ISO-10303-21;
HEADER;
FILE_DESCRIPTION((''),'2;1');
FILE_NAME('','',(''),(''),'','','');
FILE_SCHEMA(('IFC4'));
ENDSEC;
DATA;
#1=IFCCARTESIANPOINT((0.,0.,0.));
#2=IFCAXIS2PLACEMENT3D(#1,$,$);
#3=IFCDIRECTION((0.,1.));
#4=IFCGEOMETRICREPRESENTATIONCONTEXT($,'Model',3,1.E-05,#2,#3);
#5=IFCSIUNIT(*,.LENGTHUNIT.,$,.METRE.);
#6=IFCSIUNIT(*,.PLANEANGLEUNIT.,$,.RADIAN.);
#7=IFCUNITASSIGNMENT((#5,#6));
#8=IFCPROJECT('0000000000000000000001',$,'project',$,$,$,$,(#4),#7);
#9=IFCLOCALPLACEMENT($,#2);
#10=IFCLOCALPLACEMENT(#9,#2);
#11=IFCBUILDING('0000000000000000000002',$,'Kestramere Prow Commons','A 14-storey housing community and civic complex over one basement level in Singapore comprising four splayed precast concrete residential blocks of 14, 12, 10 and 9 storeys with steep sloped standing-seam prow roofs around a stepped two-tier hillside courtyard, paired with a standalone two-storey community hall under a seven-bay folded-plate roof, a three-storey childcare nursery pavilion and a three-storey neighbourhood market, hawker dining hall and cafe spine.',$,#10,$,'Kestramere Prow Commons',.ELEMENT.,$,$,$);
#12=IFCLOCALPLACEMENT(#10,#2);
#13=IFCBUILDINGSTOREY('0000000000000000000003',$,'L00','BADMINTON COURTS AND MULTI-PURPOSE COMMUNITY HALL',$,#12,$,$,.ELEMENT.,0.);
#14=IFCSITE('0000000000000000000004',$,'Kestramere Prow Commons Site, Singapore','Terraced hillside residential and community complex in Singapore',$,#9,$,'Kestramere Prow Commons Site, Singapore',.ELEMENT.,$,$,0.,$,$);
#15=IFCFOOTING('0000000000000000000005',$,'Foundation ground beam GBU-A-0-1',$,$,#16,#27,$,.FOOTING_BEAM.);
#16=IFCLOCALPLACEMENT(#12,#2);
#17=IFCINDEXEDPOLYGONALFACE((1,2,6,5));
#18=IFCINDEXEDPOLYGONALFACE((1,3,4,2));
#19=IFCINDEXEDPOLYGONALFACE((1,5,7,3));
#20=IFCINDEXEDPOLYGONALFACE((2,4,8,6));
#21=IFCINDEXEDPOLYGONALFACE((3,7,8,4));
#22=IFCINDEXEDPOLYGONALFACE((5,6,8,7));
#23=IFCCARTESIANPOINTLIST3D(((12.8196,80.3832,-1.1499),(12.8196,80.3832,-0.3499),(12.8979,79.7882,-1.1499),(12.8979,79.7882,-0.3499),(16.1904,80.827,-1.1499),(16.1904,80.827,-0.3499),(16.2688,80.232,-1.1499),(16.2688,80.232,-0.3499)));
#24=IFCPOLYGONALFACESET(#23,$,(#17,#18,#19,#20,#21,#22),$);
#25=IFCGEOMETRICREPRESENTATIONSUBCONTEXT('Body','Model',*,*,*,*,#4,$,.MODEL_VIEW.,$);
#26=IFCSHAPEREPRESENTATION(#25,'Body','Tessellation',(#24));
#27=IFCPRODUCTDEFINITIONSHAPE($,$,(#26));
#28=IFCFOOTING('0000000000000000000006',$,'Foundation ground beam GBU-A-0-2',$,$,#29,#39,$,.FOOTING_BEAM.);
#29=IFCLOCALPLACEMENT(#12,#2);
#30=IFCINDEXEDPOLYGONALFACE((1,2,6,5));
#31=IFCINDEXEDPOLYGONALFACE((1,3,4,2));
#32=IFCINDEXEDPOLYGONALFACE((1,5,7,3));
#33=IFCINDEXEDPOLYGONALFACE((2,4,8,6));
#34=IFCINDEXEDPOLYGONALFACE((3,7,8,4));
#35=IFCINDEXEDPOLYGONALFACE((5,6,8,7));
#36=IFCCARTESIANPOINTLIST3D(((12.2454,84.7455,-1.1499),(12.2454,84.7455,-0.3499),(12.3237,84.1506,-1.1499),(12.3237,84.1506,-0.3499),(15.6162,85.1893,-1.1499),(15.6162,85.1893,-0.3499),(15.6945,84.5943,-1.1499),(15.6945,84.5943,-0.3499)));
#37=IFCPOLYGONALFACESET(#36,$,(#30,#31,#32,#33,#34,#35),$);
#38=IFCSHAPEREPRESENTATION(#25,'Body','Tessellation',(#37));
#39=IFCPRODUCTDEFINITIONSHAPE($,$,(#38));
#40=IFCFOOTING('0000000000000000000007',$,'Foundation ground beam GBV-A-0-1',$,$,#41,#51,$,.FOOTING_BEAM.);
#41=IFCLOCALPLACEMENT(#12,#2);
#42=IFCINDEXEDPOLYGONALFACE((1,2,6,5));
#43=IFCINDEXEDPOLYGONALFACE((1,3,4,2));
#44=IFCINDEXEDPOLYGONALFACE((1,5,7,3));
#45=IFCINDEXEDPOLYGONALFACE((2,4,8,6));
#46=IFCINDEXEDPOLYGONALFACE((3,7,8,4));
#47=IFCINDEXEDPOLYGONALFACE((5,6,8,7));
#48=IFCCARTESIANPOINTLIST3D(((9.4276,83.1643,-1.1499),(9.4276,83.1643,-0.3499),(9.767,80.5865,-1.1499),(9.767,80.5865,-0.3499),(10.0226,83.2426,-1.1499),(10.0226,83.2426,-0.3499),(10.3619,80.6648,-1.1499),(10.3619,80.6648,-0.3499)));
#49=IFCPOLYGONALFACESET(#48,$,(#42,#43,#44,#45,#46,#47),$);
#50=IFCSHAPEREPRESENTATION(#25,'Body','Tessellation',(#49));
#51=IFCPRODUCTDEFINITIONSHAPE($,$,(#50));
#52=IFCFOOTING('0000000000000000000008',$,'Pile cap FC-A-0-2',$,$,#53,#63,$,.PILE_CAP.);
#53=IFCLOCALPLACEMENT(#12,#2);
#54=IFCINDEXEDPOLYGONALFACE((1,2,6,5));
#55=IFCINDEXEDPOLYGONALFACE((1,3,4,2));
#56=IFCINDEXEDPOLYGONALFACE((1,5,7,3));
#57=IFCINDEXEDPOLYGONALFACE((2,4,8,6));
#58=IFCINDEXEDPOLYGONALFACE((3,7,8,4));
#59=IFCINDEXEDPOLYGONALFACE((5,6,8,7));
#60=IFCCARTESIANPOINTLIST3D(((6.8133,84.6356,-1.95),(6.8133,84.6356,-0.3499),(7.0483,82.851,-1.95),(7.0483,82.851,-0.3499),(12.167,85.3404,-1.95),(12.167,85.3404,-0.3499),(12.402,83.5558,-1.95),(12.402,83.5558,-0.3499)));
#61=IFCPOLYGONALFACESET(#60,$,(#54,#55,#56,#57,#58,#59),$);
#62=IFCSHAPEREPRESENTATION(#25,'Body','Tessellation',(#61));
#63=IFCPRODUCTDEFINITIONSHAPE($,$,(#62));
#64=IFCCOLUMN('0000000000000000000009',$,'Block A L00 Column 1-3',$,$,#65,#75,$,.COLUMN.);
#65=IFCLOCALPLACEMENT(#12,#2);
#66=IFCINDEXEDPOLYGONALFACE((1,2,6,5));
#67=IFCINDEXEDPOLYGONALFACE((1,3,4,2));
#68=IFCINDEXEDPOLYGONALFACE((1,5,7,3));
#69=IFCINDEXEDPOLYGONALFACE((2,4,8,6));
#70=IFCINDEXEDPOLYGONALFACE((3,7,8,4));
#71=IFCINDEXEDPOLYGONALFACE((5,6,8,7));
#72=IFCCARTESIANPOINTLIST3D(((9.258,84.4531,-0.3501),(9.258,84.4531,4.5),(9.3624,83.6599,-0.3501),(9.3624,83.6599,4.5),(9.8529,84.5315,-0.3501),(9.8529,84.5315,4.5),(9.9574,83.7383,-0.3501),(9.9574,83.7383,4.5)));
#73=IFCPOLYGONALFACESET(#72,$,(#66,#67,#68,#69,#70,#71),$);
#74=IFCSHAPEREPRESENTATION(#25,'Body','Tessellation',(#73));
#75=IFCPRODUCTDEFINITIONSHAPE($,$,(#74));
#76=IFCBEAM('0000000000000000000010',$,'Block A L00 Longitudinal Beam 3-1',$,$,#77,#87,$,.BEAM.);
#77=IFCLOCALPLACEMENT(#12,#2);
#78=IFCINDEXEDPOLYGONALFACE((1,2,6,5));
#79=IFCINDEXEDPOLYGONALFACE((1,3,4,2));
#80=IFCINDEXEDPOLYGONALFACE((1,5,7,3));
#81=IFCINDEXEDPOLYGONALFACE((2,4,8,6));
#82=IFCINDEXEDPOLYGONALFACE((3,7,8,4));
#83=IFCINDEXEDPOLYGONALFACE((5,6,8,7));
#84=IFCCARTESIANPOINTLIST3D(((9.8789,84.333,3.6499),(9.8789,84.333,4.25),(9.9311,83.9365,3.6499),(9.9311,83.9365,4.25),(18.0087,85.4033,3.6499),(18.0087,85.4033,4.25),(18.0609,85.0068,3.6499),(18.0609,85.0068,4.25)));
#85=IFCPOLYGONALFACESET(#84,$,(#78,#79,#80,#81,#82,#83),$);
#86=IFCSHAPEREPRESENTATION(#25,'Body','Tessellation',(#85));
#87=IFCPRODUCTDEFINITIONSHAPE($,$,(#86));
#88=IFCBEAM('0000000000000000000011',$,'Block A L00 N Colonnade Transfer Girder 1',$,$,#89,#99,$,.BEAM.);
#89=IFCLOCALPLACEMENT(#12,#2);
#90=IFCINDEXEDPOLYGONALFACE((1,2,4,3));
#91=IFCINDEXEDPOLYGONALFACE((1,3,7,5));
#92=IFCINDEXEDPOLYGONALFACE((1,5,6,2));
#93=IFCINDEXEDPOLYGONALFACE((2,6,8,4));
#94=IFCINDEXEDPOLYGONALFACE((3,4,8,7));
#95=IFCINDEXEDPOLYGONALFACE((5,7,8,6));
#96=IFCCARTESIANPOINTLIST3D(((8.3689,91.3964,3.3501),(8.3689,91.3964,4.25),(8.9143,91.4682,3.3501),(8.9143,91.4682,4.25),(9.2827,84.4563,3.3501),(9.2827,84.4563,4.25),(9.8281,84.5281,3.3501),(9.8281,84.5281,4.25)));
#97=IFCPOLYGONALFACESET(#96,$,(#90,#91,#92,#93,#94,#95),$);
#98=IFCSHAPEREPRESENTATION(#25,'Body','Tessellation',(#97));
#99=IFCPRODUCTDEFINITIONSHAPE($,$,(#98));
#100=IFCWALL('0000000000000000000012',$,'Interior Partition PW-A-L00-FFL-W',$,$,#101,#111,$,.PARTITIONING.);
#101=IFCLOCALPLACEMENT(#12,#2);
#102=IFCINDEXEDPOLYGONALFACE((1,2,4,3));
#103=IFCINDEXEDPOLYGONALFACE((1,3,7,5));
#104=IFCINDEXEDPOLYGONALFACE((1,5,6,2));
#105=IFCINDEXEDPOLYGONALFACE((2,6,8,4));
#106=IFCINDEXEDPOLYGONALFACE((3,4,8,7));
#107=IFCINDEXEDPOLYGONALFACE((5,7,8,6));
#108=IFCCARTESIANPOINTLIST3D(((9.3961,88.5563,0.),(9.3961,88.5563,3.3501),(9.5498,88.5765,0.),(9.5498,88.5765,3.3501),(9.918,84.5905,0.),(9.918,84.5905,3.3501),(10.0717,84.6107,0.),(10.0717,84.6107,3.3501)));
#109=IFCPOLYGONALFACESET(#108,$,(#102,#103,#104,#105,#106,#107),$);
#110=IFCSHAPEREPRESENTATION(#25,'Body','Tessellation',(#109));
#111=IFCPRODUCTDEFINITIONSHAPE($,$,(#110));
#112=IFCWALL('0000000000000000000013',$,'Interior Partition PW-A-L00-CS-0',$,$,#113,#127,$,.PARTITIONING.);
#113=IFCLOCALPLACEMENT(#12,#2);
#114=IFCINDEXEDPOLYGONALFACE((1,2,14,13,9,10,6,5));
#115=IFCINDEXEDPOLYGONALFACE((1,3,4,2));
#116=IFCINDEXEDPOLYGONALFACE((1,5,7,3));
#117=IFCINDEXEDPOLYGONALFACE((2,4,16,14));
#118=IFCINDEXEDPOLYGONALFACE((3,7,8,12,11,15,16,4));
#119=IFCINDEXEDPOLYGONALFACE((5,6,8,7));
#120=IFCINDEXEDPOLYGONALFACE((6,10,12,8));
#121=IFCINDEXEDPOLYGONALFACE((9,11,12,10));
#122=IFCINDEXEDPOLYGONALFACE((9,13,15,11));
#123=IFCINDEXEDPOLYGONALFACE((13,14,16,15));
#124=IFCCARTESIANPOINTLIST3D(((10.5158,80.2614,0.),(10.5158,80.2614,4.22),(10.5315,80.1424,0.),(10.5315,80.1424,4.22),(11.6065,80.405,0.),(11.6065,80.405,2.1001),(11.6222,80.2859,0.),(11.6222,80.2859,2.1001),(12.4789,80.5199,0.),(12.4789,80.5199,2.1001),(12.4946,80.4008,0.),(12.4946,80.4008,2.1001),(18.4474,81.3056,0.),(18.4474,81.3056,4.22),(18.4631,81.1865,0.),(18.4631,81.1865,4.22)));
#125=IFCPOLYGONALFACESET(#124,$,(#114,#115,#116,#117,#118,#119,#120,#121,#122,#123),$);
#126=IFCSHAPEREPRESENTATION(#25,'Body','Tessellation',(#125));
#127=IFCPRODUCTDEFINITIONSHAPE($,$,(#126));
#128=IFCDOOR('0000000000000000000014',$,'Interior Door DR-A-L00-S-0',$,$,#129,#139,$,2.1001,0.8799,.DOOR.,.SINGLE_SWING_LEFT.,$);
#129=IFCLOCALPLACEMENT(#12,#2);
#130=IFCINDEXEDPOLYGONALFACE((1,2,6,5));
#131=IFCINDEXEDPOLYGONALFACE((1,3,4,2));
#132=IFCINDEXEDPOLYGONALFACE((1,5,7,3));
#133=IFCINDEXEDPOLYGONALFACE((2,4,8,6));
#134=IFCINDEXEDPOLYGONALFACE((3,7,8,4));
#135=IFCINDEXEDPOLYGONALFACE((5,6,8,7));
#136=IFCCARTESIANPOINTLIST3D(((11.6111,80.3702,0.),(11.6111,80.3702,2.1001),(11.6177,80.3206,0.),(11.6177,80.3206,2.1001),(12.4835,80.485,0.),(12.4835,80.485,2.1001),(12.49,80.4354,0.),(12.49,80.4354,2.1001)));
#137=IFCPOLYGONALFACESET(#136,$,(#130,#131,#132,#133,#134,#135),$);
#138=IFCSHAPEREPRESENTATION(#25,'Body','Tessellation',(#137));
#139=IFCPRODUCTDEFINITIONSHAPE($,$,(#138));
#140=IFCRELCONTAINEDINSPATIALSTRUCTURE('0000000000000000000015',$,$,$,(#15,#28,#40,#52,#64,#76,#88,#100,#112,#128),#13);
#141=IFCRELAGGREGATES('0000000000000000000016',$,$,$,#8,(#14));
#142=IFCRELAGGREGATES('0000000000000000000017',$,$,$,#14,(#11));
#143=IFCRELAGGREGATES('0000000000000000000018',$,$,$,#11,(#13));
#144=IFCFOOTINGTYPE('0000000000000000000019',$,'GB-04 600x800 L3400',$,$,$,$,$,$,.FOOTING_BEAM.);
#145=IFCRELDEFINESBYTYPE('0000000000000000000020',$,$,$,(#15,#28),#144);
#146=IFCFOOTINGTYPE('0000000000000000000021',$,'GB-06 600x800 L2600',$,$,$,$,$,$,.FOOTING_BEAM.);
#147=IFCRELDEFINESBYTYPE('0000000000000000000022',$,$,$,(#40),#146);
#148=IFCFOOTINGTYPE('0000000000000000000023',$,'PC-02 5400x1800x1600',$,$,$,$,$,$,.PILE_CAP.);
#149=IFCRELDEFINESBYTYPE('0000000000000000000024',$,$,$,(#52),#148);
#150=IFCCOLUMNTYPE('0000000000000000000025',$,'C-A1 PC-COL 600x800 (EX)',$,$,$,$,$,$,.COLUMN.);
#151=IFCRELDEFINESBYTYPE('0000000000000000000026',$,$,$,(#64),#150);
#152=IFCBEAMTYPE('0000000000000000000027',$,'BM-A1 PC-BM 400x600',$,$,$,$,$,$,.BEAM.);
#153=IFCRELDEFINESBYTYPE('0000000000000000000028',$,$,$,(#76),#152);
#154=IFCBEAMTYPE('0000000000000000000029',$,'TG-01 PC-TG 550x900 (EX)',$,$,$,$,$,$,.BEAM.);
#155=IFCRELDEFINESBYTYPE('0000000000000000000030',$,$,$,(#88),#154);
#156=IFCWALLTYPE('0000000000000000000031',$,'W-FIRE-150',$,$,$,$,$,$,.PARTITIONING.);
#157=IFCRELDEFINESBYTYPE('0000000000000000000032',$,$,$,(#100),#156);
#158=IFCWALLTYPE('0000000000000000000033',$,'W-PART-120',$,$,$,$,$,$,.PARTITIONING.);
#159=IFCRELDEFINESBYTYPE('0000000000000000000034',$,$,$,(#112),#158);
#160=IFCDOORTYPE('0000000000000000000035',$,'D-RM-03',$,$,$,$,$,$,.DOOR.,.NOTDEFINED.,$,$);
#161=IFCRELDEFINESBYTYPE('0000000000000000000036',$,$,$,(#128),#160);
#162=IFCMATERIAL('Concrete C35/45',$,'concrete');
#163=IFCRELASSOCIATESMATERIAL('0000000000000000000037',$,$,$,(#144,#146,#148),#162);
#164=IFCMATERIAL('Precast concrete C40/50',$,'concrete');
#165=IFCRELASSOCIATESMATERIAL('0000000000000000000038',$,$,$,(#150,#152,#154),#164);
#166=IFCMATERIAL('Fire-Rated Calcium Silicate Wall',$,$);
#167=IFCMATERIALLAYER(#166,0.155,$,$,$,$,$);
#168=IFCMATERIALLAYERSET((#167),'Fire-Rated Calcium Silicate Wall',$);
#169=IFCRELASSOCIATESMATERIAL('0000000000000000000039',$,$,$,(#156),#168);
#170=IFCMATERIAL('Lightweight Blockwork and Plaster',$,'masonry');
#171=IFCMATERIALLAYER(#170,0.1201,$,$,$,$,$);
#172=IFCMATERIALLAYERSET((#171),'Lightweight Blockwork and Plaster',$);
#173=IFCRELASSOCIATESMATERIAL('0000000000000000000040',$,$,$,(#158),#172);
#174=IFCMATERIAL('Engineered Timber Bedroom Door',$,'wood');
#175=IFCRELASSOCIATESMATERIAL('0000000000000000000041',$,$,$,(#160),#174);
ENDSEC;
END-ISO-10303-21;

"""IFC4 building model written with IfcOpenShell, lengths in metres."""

from ifc_helpers import new_model, si_unit, direction, frame, frame_2d, origin, origin_2d, place, context, subcontext, project, spatial, rectangle, extrude, material, layer, layer_set, material_profile, profile_set, type_object, element, fill, save


model = new_model("IFC4")

# Units and contexts
model_context = context("Model", 3, precision=1e-05, world=origin(), true_north=direction((0.0, 1.0)))
body_context = subcontext(model_context, "Body", "Model", "MODEL_VIEW")
ifc_project = project(units=[si_unit("LENGTHUNIT", "METRE"), si_unit("PLANEANGLEUNIT", "RADIAN")], contexts=[model_context])

# Site, building, storey
site_placement = place(None, origin())
site = spatial("IfcSite", under=ifc_project, at=site_placement, Name="Kestramere Prow Commons Site, Singapore", Description="Terraced hillside residential and community complex in Singapore", LongName="Kestramere Prow Commons Site, Singapore", CompositionType="ELEMENT", RefElevation=0.0)
building_placement = place(site_placement, origin())
building = spatial("IfcBuilding", under=site, at=building_placement, Name="Kestramere Prow Commons", Description="A 14-storey housing community and civic complex over one basement level in Singapore comprising four splayed precast concrete residential blocks of 14, 12, 10 and 9 storeys with steep sloped standing-seam prow roofs around a stepped two-tier hillside courtyard, paired with a standalone two-storey community hall under a seven-bay folded-plate roof, a three-storey childcare nursery pavilion and a three-storey neighbourhood market, hawker dining hall and cafe spine.", LongName="Kestramere Prow Commons", CompositionType="ELEMENT")
storey_placement = place(building_placement, origin())
storey = spatial("IfcBuildingStorey", under=building, at=storey_placement, Name="L00", Description="BADMINTON COURTS AND MULTI-PURPOSE COMMUNITY HALL", CompositionType="ELEMENT", Elevation=0.0)

# Shared definitions
ifc_material_1 = material(Name="Concrete C35/45", Category="concrete")

# Footings
footing_type_1 = type_object("IfcFootingType", Name="GB-04 600x800 L3400", PredefinedType="FOOTING_BEAM", material=ifc_material_1)
for number, where, z_axis, x_axis, name in (
    (1, (14.5442, 80.3076, -1.1499), (0.0, 0.0, 1.0), (0.991445, 0.130526, 0.0), "Foundation ground beam GBU-A-0-1"),
    (2, (13.97, 84.6699, -1.1499), (0.0, 0.0, 1.0), (0.991445, 0.130526, 0.0), "Foundation ground beam GBU-A-0-2"),
):
    element("IfcFooting", number, at=place(storey_placement, frame(where, z_axis=z_axis, x_axis=x_axis)), inside=storey, type_object=footing_type_1, Name=name, PredefinedType="FOOTING_BEAM", context=body_context, shape_type="SweptSolid", body=[
        extrude(rectangle(XDim=3.3999, YDim=0.6001, at=origin_2d()), origin(), (0.0, 0.0, 1.0), 0.8),
    ])
footing_type_2 = type_object("IfcFootingType", Name="GB-06 600x800 L2600", PredefinedType="FOOTING_BEAM", material=ifc_material_1)
footing_1_placement = place(storey_placement, frame((9.8948, 81.9146, -1.1499), z_axis=(0.0, 0.0, 1.0), x_axis=(-0.130526, 0.991445, 0.0)))
element("IfcFooting", 3, at=footing_1_placement, inside=storey, type_object=footing_type_2, Name="Foundation ground beam GBV-A-0-1", PredefinedType="FOOTING_BEAM", context=body_context, shape_type="SweptSolid", body=[
    extrude(rectangle(XDim=2.6001, YDim=0.6001, at=origin_2d()), origin(), (0.0, 0.0, 1.0), 0.8),
])
footing_type_3 = type_object("IfcFootingType", Name="PC-02 5400x1800x1600", PredefinedType="PILE_CAP", material=ifc_material_1)
footing_2_placement = place(storey_placement, frame((9.6077, 84.0957, -1.95), z_axis=(0.0, 0.0, 1.0), x_axis=(0.991445, 0.130526, 0.0)))
element("IfcFooting", 4, at=footing_2_placement, inside=storey, type_object=footing_type_3, Name="Pile cap FC-A-0-2", PredefinedType="PILE_CAP", context=body_context, shape_type="SweptSolid", body=[
    extrude(rectangle(XDim=5.3999, YDim=1.8, at=origin_2d()), origin(), (0.0, 0.0, 1.0), 1.6001),
])

# Column
ifc_material_2 = material(Name="Precast concrete C40/50", Category="concrete")
ifc_material_profile_1 = material_profile(ifc_material_2, rectangle(XDim=0.6001, YDim=0.8, at=origin_2d()), Name="PC-COL 600x800")
ifc_profile_set_1 = profile_set([ifc_material_profile_1], Name="Precast concrete C40/50")
column_type = type_object("IfcColumnType", Name="C-A1 PC-COL 600x800 (EX)", PredefinedType="COLUMN", material=ifc_profile_set_1)
column_placement = place(storey_placement, frame((9.6077, 84.0957, -0.3501), z_axis=(0.0, 0.0, 1.0), x_axis=(0.991445, 0.130526, 0.0)))
element("IfcColumn", 5, at=column_placement, inside=storey, type_object=column_type, Name="Block A L00 Column 1-3", PredefinedType="COLUMN", context=body_context, shape_type="SweptSolid", body=[
    extrude(rectangle(XDim=0.6001, YDim=0.8, at=origin_2d()), origin(), (0.0, 0.0, 1.0), 4.8501),
])

# Beams
ifc_material_profile_2 = material_profile(ifc_material_2, rectangle(XDim=0.3999, YDim=0.6001, at=origin_2d()), Name="PC-BM 400x600")
ifc_profile_set_2 = profile_set([ifc_material_profile_2], Name="Precast concrete C40/50")
beam_type_1 = type_object("IfcBeamType", Name="BM-A1 PC-BM 400x600", PredefinedType="BEAM", material=ifc_profile_set_2)
beam_1_placement = place(storey_placement, frame((9.905, 84.1348, 3.95), z_axis=(0.991445, 0.130525, 0.0), x_axis=(-0.130525, 0.991445, 0.0)))
element("IfcBeam", 6, at=beam_1_placement, inside=storey, type_object=beam_type_1, Name="Block A L00 Longitudinal Beam 3-1", PredefinedType="BEAM", context=body_context, shape_type="SweptSolid", body=[
    extrude(rectangle(XDim=0.3999, YDim=0.6001, at=origin_2d()), origin(), (0.0, 0.0, 1.0), 8.2),
])
ifc_material_profile_3 = material_profile(ifc_material_2, rectangle(XDim=0.55, YDim=0.8999, at=origin_2d()), Name="PC-TG 550x900")
ifc_profile_set_3 = profile_set([ifc_material_profile_3], Name="Precast concrete C40/50")
beam_type_2 = type_object("IfcBeamType", Name="TG-01 PC-TG 550x900 (EX)", PredefinedType="BEAM", material=ifc_profile_set_3)
beam_2_placement = place(storey_placement, frame((9.5554, 84.4922, 3.8), z_axis=(-0.130544, 0.991443, 0.0), x_axis=(-0.991443, -0.130544, 0.0)))
element("IfcBeam", 7, at=beam_2_placement, inside=storey, type_object=beam_type_2, Name="Block A L00 N Colonnade Transfer Girder 1", PredefinedType="BEAM", context=body_context, shape_type="SweptSolid", body=[
    extrude(rectangle(XDim=0.55, YDim=0.8999, at=origin_2d()), origin(), (0.0, 0.0, 1.0), 7.0),
])

# Shared definitions
ifc_material_3 = material(Name="Fire-Rated Calcium Silicate Wall")
ifc_layer_1 = layer(ifc_material_3, 0.155)
ifc_layer_set_1 = layer_set([ifc_layer_1], Name="Fire-Rated Calcium Silicate Wall")
wall_type_1 = type_object("IfcWallType", Name="W-FIRE-150", PredefinedType="PARTITIONING", material=ifc_layer_set_1)

# Wall
wall_1_placement = place(storey_placement, frame((9.9949, 84.6006, 0.0), z_axis=(0.0, 0.0, 1.0), x_axis=(-0.130492, 0.991449, 0.0)))
element("IfcWall", 8, at=wall_1_placement, inside=storey, type_object=wall_type_1, Name="Interior Partition PW-A-L00-FFL-W", PredefinedType="PARTITIONING", context=body_context, shape_type="SweptSolid", body=[
    extrude(rectangle(XDim=4.0, YDim=0.155, at=frame_2d((2.0, 0.0))), origin(), (0.0, 0.0, 1.0), 3.3501),
])

# Wall, opening, door
ifc_material_4 = material(Name="Lightweight Blockwork and Plaster", Category="masonry")
ifc_layer_2 = layer(ifc_material_4, 0.1201)
ifc_layer_set_2 = layer_set([ifc_layer_2], Name="Lightweight Blockwork and Plaster")
wall_type_2 = type_object("IfcWallType", Name="W-PART-120", PredefinedType="PARTITIONING", material=ifc_layer_set_2)
wall_2_placement = place(storey_placement, frame((10.5237, 80.2019, 0.0), z_axis=(0.0, 0.0, 1.0), x_axis=(0.991445, 0.130522, 0.0)))
wall_2 = element("IfcWall", 9, at=wall_2_placement, inside=storey, type_object=wall_type_2, Name="Interior Partition PW-A-L00-CS-0", PredefinedType="PARTITIONING", context=body_context, shape_type="SweptSolid", body=[
    extrude(rectangle(XDim=8.0, YDim=0.1201, at=frame_2d((4.0, 0.0))), origin(), (0.0, 0.0, 1.0), 4.22),
])
opening_1_placement = place(wall_2_placement, frame((1.1001, 0.0, 0.0)))
opening_1 = element("IfcOpeningElement", 10, at=opening_1_placement, cuts=wall_2, PredefinedType="OPENING", context=body_context, shape_type="SweptSolid", body=[
    extrude(rectangle(XDim=0.8799, YDim=2.1001, at=frame_2d((0.4399, 1.05))), frame((0.0, 0.075, 0.0), z_axis=(0.0, -1.0, 0.0), x_axis=(1.0, 0.0, 0.0)), (0.0, 0.0, 1.0), 0.1501),
])
ifc_material_5 = material(Name="Engineered Timber Bedroom Door", Category="wood")
door_type_1 = type_object("IfcDoorType", Name="D-RM-03", OperationType="NOTDEFINED", PredefinedType="DOOR", material=ifc_material_5)
door_1_placement = place(opening_1_placement, origin())
door_1 = element("IfcDoor", 11, at=door_1_placement, inside=storey, type_object=door_type_1, Name="Interior Door DR-A-L00-S-0", OperationType="SINGLE_SWING_LEFT", OverallHeight=2.1001, OverallWidth=0.8799, PredefinedType="DOOR", context=body_context, shape_type="SweptSolid", body=[
    extrude(rectangle(XDim=0.8799, YDim=2.1001, at=frame_2d((0.4399, 1.05))), frame((0.0, 0.0249, 0.0), z_axis=(0.0, -1.0, 0.0), x_axis=(1.0, 0.0, 0.0)), (0.0, 0.0, 1.0), 0.05),
])
fill(opening_1, door_1)

save(model, "model.ifc")
